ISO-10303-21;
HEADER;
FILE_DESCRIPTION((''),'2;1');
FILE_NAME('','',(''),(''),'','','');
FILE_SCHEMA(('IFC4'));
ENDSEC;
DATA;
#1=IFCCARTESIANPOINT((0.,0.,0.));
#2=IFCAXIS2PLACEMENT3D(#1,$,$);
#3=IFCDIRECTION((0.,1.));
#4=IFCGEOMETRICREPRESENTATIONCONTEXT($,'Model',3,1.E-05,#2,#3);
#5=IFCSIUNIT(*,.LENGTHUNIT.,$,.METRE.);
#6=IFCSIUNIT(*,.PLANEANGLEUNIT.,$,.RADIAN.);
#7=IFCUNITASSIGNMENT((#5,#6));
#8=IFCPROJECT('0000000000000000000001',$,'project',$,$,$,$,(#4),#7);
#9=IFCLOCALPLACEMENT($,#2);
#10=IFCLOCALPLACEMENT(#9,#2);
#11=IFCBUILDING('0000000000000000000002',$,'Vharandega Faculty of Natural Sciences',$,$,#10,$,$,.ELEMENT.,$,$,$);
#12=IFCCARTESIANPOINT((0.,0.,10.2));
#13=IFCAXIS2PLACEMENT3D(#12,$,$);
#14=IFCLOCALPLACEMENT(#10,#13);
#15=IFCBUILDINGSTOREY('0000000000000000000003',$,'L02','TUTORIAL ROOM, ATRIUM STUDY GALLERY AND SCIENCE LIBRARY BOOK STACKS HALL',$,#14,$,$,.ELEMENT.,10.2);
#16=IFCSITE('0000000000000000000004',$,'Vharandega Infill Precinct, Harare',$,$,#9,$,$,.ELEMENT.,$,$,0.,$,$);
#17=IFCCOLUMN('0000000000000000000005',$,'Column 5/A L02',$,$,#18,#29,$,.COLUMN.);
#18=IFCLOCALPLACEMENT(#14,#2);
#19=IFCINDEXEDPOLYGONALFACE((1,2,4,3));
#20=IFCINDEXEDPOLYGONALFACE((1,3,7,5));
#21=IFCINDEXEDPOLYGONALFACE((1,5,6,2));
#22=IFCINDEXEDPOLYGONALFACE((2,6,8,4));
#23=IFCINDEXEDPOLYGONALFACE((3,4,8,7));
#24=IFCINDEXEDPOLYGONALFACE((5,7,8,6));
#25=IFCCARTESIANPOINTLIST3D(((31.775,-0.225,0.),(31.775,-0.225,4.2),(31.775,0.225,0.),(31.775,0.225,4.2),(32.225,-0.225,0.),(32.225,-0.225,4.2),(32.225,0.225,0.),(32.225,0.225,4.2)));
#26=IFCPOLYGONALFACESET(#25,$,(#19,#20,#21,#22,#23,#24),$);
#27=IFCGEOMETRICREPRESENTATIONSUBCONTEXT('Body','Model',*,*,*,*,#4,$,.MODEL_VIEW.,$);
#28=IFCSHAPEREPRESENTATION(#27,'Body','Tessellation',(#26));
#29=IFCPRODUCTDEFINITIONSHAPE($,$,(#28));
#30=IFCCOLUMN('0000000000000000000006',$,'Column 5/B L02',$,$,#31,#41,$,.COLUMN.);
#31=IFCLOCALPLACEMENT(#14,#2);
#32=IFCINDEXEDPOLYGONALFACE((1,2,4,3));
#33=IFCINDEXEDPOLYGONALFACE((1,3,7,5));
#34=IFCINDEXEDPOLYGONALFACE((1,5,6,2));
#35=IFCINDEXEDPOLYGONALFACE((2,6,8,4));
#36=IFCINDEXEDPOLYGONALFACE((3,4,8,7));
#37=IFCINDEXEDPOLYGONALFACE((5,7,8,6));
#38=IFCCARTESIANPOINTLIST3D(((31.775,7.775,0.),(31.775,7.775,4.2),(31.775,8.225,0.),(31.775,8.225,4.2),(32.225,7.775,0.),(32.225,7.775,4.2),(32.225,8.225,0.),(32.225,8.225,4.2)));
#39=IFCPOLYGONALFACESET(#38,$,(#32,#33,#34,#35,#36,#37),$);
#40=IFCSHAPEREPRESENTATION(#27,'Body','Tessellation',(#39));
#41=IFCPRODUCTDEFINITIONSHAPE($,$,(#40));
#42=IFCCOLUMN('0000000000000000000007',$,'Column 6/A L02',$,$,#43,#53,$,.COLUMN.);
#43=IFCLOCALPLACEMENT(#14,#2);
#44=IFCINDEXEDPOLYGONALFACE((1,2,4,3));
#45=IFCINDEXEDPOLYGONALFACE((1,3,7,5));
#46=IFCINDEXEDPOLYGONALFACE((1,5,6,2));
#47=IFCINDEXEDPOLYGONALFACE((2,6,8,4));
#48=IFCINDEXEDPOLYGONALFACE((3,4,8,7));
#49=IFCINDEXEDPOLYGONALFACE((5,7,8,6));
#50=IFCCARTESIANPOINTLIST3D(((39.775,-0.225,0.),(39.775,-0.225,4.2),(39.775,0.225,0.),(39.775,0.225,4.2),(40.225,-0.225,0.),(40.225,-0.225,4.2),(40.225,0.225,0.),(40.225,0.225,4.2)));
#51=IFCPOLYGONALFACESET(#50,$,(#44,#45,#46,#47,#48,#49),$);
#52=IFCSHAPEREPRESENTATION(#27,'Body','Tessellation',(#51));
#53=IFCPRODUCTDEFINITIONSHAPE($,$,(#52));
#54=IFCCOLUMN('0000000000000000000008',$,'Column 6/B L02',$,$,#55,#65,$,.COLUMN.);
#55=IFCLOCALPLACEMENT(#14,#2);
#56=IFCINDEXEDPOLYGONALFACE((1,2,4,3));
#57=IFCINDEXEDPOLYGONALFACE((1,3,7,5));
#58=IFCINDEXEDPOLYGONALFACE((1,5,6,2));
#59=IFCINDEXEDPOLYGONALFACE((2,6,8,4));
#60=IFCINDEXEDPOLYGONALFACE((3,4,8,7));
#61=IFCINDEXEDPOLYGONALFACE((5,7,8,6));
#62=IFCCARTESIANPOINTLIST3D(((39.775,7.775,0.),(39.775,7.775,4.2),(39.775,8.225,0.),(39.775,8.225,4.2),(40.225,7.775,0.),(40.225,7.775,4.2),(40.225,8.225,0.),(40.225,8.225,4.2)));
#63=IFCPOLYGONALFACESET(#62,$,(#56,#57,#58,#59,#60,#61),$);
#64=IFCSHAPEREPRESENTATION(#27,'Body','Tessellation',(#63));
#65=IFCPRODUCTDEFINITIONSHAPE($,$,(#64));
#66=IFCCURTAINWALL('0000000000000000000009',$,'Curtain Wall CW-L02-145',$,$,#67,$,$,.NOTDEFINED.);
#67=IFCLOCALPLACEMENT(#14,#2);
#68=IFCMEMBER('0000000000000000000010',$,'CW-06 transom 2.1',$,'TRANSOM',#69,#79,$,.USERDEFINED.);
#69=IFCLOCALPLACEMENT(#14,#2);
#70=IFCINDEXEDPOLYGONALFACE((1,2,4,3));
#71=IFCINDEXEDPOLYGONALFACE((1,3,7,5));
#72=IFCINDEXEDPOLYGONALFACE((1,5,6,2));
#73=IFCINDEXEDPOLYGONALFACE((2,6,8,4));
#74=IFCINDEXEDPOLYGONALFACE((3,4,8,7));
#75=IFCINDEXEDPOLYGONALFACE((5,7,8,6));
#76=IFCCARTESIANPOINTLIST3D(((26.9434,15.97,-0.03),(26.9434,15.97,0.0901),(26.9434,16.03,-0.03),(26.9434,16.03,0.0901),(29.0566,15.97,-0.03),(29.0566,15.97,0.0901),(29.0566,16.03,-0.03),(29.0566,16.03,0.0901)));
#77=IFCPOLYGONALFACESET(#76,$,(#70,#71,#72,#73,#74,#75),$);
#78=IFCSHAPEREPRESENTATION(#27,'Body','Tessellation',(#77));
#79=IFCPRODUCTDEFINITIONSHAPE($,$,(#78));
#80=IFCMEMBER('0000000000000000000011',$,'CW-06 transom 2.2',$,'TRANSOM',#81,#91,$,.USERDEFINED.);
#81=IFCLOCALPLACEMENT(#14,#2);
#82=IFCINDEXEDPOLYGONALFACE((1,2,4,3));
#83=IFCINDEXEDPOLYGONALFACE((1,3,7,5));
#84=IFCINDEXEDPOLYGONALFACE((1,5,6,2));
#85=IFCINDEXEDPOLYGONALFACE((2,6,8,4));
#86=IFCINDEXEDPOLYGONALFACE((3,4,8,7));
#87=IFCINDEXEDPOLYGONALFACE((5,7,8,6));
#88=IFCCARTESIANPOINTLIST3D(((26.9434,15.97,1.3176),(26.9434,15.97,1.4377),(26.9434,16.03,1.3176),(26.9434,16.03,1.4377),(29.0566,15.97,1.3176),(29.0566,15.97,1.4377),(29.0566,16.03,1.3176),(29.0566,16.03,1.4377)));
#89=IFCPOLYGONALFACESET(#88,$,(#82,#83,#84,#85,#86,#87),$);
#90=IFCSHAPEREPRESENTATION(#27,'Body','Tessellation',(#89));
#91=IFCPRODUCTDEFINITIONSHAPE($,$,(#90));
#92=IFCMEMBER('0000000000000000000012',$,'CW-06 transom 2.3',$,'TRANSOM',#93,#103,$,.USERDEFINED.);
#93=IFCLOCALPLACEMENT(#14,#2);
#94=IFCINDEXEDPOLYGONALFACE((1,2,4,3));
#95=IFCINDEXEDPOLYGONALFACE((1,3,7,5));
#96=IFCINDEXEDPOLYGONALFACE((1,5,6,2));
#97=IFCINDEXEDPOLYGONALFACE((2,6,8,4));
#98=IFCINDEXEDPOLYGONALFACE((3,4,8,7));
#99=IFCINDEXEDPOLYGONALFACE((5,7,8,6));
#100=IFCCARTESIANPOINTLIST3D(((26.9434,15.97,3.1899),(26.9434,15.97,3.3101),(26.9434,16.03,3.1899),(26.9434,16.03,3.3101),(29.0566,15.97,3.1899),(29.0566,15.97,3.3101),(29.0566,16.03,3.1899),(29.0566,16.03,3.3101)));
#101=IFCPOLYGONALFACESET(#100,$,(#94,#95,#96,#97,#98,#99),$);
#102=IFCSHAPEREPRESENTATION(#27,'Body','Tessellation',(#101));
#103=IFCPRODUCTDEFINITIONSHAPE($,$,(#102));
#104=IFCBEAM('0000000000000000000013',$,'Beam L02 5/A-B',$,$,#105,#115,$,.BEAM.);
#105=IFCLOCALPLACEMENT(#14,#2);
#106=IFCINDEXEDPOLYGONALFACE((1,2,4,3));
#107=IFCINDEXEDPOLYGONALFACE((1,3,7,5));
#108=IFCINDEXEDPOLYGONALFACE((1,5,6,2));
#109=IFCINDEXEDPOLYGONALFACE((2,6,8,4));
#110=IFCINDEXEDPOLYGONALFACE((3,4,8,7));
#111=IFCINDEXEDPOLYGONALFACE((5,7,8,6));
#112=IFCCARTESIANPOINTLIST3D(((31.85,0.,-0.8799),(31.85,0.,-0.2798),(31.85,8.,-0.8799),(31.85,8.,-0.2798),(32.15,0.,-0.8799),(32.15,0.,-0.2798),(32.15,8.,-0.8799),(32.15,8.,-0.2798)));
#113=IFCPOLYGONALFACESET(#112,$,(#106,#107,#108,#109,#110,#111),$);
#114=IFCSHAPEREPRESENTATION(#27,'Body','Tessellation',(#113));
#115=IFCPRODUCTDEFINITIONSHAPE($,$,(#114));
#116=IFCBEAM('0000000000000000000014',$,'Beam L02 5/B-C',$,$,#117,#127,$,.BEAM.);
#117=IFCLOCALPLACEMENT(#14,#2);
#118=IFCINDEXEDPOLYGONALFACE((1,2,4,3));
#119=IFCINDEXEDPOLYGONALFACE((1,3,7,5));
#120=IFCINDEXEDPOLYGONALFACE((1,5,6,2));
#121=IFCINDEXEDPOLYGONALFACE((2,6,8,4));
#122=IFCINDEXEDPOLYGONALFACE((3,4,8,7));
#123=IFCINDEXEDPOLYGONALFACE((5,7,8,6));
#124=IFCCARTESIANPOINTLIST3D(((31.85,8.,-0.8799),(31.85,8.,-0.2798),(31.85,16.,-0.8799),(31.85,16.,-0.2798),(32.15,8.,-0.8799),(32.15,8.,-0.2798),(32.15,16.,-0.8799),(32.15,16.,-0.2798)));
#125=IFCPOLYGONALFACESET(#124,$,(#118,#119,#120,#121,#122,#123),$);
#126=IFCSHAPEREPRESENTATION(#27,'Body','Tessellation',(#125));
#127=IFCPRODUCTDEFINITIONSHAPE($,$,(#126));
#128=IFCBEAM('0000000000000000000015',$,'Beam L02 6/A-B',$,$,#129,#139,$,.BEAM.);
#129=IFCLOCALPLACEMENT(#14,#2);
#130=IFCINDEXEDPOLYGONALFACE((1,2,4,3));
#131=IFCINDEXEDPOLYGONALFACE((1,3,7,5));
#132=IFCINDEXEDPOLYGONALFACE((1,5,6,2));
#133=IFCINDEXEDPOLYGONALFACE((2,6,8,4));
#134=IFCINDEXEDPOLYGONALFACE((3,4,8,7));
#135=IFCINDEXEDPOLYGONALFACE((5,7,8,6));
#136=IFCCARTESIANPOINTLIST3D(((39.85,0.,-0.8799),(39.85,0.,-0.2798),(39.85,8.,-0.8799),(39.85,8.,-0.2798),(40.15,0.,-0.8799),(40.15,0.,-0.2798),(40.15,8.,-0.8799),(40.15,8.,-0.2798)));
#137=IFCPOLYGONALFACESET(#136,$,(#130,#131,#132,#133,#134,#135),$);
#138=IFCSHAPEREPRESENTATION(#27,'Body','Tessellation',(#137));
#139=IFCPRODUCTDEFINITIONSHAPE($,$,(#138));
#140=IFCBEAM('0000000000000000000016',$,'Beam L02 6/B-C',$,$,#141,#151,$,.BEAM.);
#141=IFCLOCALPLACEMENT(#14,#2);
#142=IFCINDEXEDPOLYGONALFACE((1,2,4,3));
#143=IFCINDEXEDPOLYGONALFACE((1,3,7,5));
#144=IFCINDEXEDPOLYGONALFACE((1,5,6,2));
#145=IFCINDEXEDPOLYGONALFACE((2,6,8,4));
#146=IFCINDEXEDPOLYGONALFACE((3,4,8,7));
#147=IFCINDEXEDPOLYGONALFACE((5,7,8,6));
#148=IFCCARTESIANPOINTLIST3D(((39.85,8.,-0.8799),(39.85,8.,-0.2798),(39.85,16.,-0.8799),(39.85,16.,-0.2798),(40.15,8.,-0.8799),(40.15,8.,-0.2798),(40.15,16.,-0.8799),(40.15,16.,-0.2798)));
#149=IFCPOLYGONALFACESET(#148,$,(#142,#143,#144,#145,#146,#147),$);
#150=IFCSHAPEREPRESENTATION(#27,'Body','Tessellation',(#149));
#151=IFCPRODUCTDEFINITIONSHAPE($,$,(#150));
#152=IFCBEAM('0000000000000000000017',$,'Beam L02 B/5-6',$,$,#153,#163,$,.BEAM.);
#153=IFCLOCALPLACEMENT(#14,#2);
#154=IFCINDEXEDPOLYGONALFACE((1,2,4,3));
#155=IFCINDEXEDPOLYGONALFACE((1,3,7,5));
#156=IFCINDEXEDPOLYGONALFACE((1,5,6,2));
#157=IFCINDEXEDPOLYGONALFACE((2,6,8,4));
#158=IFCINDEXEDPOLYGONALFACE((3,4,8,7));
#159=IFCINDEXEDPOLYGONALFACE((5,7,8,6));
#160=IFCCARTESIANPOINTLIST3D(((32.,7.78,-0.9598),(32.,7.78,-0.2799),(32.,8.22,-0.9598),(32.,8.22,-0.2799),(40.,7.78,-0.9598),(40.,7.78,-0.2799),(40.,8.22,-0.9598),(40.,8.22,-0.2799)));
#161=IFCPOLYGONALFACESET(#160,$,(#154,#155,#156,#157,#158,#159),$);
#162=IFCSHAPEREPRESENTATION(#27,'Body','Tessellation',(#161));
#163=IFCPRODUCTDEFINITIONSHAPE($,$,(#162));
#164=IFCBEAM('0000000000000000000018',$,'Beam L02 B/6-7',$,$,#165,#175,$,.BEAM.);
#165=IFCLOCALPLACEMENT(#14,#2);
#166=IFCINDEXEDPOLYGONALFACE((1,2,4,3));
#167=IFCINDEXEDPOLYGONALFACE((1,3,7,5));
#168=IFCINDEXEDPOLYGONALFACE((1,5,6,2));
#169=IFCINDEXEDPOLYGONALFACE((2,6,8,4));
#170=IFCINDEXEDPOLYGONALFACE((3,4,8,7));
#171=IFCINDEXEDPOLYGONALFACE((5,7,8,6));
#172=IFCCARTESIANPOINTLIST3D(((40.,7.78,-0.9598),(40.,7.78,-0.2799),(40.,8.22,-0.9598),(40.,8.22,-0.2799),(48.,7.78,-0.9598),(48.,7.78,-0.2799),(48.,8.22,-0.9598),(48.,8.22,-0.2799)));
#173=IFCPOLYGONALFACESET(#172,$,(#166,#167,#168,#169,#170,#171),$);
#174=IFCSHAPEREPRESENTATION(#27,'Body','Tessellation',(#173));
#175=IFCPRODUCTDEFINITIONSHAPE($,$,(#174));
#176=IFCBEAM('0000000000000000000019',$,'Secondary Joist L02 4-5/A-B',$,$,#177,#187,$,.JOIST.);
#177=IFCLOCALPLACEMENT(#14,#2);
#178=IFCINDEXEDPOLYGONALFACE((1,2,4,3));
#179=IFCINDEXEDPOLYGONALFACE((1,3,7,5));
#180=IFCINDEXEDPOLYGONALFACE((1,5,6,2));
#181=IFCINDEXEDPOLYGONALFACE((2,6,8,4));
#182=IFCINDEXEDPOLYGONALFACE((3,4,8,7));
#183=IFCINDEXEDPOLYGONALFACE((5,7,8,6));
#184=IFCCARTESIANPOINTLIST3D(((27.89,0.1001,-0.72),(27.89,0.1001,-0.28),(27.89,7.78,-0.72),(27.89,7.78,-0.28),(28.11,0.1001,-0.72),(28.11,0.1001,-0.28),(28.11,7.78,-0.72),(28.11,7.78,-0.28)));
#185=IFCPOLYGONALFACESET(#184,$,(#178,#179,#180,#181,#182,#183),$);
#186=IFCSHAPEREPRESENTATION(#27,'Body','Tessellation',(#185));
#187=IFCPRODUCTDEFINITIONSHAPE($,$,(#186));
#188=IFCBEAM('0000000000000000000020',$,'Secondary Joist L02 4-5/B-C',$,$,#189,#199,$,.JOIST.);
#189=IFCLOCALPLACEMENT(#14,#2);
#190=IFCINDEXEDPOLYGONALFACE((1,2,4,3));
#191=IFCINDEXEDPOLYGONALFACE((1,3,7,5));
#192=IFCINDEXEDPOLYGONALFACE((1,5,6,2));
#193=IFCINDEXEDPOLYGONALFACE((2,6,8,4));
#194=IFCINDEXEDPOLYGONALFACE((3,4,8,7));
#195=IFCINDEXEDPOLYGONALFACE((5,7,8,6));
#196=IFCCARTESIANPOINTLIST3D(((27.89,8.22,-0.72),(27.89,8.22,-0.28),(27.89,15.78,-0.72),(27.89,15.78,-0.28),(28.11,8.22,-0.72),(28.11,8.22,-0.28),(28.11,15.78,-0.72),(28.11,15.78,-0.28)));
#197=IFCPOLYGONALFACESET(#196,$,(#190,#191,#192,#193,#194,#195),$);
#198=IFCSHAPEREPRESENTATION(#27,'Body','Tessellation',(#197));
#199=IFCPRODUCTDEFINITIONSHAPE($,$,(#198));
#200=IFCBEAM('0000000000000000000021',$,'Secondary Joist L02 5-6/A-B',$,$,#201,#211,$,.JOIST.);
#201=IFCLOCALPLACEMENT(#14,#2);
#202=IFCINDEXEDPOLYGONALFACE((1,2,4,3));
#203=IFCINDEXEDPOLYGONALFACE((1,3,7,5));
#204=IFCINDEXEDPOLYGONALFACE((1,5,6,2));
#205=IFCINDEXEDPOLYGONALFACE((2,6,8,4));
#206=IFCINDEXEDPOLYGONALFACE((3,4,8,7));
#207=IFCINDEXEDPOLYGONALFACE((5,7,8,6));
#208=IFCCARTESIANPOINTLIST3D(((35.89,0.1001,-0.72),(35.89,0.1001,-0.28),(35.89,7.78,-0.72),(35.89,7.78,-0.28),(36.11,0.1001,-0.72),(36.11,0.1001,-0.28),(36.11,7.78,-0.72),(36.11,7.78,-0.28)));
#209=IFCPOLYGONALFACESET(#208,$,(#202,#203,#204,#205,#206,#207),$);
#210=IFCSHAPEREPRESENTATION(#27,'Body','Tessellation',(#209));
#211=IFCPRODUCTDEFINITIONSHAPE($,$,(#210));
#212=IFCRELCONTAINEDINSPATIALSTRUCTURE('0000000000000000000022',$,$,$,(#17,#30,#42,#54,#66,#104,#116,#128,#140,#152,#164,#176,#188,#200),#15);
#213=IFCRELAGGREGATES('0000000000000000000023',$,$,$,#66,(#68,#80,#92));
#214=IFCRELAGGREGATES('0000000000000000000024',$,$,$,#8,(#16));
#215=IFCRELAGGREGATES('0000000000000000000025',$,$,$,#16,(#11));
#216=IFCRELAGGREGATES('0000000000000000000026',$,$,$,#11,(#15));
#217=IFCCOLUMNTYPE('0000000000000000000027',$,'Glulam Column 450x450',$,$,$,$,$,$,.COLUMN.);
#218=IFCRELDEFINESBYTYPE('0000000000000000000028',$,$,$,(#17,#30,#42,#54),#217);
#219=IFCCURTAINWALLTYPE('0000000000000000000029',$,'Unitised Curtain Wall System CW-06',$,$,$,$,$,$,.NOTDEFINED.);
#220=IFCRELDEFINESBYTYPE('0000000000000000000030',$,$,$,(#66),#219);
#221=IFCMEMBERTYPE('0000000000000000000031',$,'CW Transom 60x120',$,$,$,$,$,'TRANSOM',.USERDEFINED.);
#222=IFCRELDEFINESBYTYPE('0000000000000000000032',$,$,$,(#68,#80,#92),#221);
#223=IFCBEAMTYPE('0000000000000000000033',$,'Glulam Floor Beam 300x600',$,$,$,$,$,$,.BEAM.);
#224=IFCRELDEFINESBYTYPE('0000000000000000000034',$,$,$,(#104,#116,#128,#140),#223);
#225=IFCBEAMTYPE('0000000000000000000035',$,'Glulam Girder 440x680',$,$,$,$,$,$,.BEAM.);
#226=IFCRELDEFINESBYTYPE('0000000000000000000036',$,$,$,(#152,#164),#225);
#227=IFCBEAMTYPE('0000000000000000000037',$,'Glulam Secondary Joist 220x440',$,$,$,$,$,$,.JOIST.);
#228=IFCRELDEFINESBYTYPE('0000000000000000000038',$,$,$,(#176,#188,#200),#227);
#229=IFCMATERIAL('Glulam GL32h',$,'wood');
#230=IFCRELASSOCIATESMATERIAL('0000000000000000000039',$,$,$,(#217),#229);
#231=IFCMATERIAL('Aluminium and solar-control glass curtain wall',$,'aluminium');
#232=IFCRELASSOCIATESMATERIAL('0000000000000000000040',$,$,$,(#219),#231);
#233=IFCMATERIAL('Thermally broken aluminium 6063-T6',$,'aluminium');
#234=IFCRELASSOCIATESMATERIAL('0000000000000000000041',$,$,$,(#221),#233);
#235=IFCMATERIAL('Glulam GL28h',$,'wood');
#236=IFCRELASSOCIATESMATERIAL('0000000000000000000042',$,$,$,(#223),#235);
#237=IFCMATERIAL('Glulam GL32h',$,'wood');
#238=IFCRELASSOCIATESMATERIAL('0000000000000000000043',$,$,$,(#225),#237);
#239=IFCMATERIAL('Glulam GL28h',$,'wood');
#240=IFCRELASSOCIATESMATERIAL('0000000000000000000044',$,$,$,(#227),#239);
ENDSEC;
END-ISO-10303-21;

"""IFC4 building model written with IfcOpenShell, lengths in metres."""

from ifc_helpers import new_model, si_unit, direction, frame, origin, origin_2d, place, context, subcontext, project, spatial, rectangle, extrude, material, material_profile, profile_set, type_object, element, aggregate, save


model = new_model("IFC4")

# Units and contexts
model_context = context("Model", 3, precision=1e-05, world=origin(), true_north=direction((0.0, 1.0)))
body_context = subcontext(model_context, "Body", "Model", "MODEL_VIEW")
ifc_project = project(units=[si_unit("LENGTHUNIT", "METRE"), si_unit("PLANEANGLEUNIT", "RADIAN")], contexts=[model_context])

# Site, building, storey
site_placement = place(None, origin())
site = spatial("IfcSite", under=ifc_project, at=site_placement, Name="Vharandega Infill Precinct, Harare", CompositionType="ELEMENT", RefElevation=0.0)
building_placement = place(site_placement, origin())
building = spatial("IfcBuilding", under=site, at=building_placement, Name="Vharandega Faculty of Natural Sciences", CompositionType="ELEMENT")
storey_placement = place(building_placement, frame((0.0, 0.0, 10.2)))
storey = spatial("IfcBuildingStorey", under=building, at=storey_placement, Name="L02", Description="TUTORIAL ROOM, ATRIUM STUDY GALLERY AND SCIENCE LIBRARY BOOK STACKS HALL", CompositionType="ELEMENT", Elevation=10.2)

# Columns
ifc_material_1 = material(Name="Glulam GL32h", Category="wood")
ifc_material_profile_1 = material_profile(ifc_material_1, rectangle(XDim=0.45, YDim=0.45, at=origin_2d()), Name="GL32h 450x450")
ifc_profile_set_1 = profile_set([ifc_material_profile_1], Name="Glulam GL32h")
column_type = type_object("IfcColumnType", Name="Glulam Column 450x450", PredefinedType="COLUMN", material=ifc_profile_set_1)
for number, where, z_axis, x_axis, name in (
    (1, (32.0, 0.0, 0.0), (0.0, 0.0, 1.0), (1.0, 0.0, 0.0), "Column 5/A L02"),
    (2, (32.0, 8.0, 0.0), (0.0, 0.0, 1.0), (1.0, 0.0, 0.0), "Column 5/B L02"),
    (3, (40.0, 0.0, 0.0), (0.0, 0.0, 1.0), (1.0, 0.0, 0.0), "Column 6/A L02"),
    (4, (40.0, 8.0, 0.0), (0.0, 0.0, 1.0), (1.0, 0.0, 0.0), "Column 6/B L02"),
):
    element("IfcColumn", number, at=place(storey_placement, frame(where, z_axis=z_axis, x_axis=x_axis)), inside=storey, type_object=column_type, Name=name, PredefinedType="COLUMN", context=body_context, shape_type="SweptSolid", body=[
        extrude(rectangle(XDim=0.45, YDim=0.45, at=origin_2d()), origin(), (0.0, 0.0, 1.0), 4.2),
    ])

# Curtain wall, members
ifc_material_2 = material(Name="Aluminium and solar-control glass curtain wall", Category="aluminium")
curtain_wall_type = type_object("IfcCurtainWallType", Name="Unitised Curtain Wall System CW-06", PredefinedType="NOTDEFINED", material=ifc_material_2)
curtain_wall_placement = place(storey_placement, origin())
curtain_wall = element("IfcCurtainWall", 5, at=curtain_wall_placement, inside=storey, type_object=curtain_wall_type, Name="Curtain Wall CW-L02-145", PredefinedType="NOTDEFINED")
ifc_material_3 = material(Name="Thermally broken aluminium 6063-T6", Category="aluminium")
ifc_material_profile_2 = material_profile(ifc_material_3, rectangle(XDim=0.0601, YDim=0.1201, at=origin_2d()), Name="ALU 60x120")
ifc_profile_set_2 = profile_set([ifc_material_profile_2], Name="Thermally broken aluminium 6063-T6")
member_type = type_object("IfcMemberType", Name="CW Transom 60x120", ElementType="TRANSOM", PredefinedType="USERDEFINED", material=ifc_profile_set_2)
member_1_placement = place(storey_placement, frame((26.9434, 16.0, 0.03), z_axis=(1.0, 0.0, 0.0), x_axis=(0.0, 1.0, 0.0)))
member_1 = element("IfcMember", 6, at=member_1_placement, type_object=member_type, Name="CW-06 transom 2.1", ObjectType="TRANSOM", PredefinedType="USERDEFINED", context=body_context, shape_type="SweptSolid", body=[
    extrude(rectangle(XDim=0.0601, YDim=0.1201, at=origin_2d()), origin(), (0.0, 0.0, 1.0), 2.1133),
])
member_2_placement = place(storey_placement, frame((26.9434, 16.0, 1.3777), z_axis=(1.0, 0.0, 0.0), x_axis=(0.0, 1.0, 0.0)))
member_2 = element("IfcMember", 7, at=member_2_placement, type_object=member_type, Name="CW-06 transom 2.2", ObjectType="TRANSOM", PredefinedType="USERDEFINED", context=body_context, shape_type="SweptSolid", body=[
    extrude(rectangle(XDim=0.0601, YDim=0.1201, at=origin_2d()), origin(), (0.0, 0.0, 1.0), 2.1133),
])
member_3_placement = place(storey_placement, frame((26.9434, 16.0, 3.25), z_axis=(1.0, 0.0, 0.0), x_axis=(0.0, 1.0, 0.0)))
member_3 = element("IfcMember", 8, at=member_3_placement, type_object=member_type, Name="CW-06 transom 2.3", ObjectType="TRANSOM", PredefinedType="USERDEFINED", context=body_context, shape_type="SweptSolid", body=[
    extrude(rectangle(XDim=0.0601, YDim=0.1201, at=origin_2d()), origin(), (0.0, 0.0, 1.0), 2.1133),
])

# Beams
ifc_material_4 = material(Name="Glulam GL28h", Category="wood")
ifc_material_profile_3 = material_profile(ifc_material_4, rectangle(XDim=0.3, YDim=0.6001, at=origin_2d()), Name="GL28h 300x600")
ifc_profile_set_3 = profile_set([ifc_material_profile_3], Name="Glulam GL28h")
beam_type_1 = type_object("IfcBeamType", Name="Glulam Floor Beam 300x600", PredefinedType="BEAM", material=ifc_profile_set_3)
for number, where, z_axis, x_axis, name in (
    (9, (32.0, 0.0, -0.5798), (0.0, 1.0, 0.0), (-1.0, 0.0, 0.0), "Beam L02 5/A-B"),
    (10, (32.0, 8.0, -0.5798), (0.0, 1.0, 0.0), (-1.0, 0.0, 0.0), "Beam L02 5/B-C"),
    (11, (40.0, 0.0, -0.5798), (0.0, 1.0, 0.0), (-1.0, 0.0, 0.0), "Beam L02 6/A-B"),
    (12, (40.0, 8.0, -0.5798), (0.0, 1.0, 0.0), (-1.0, 0.0, 0.0), "Beam L02 6/B-C"),
):
    element("IfcBeam", number, at=place(storey_placement, frame(where, z_axis=z_axis, x_axis=x_axis)), inside=storey, type_object=beam_type_1, Name=name, PredefinedType="BEAM", context=body_context, shape_type="SweptSolid", body=[
        extrude(rectangle(XDim=0.3, YDim=0.6001, at=origin_2d()), origin(), (0.0, 0.0, 1.0), 8.0),
    ])
ifc_material_5 = material(Name="Glulam GL32h", Category="wood")
ifc_material_profile_4 = material_profile(ifc_material_5, rectangle(XDim=0.4399, YDim=0.6799, at=origin_2d()), Name="GL32h 440x680")
ifc_profile_set_4 = profile_set([ifc_material_profile_4], Name="Glulam GL32h")
beam_type_2 = type_object("IfcBeamType", Name="Glulam Girder 440x680", PredefinedType="BEAM", material=ifc_profile_set_4)
for number, where, z_axis, x_axis, name in (
    (13, (32.0, 8.0, -0.6199), (1.0, 0.0, 0.0), (0.0, 1.0, 0.0), "Beam L02 B/5-6"),
    (14, (40.0, 8.0, -0.6199), (1.0, 0.0, 0.0), (0.0, 1.0, 0.0), "Beam L02 B/6-7"),
):
    element("IfcBeam", number, at=place(storey_placement, frame(where, z_axis=z_axis, x_axis=x_axis)), inside=storey, type_object=beam_type_2, Name=name, PredefinedType="BEAM", context=body_context, shape_type="SweptSolid", body=[
        extrude(rectangle(XDim=0.4399, YDim=0.6799, at=origin_2d()), origin(), (0.0, 0.0, 1.0), 8.0),
    ])
ifc_material_6 = material(Name="Glulam GL28h", Category="wood")
ifc_material_profile_5 = material_profile(ifc_material_6, rectangle(XDim=0.22, YDim=0.4399, at=origin_2d()), Name="GL28h 220x440")
ifc_profile_set_5 = profile_set([ifc_material_profile_5], Name="Glulam GL28h")
beam_type_3 = type_object("IfcBeamType", Name="Glulam Secondary Joist 220x440", PredefinedType="JOIST", material=ifc_profile_set_5)
beam_1_placement = place(storey_placement, frame((28.0, 0.1001, -0.5), z_axis=(0.0, 1.0, 0.0), x_axis=(-1.0, 0.0, 0.0)))
element("IfcBeam", 15, at=beam_1_placement, inside=storey, type_object=beam_type_3, Name="Secondary Joist L02 4-5/A-B", PredefinedType="JOIST", context=body_context, shape_type="SweptSolid", body=[
    extrude(rectangle(XDim=0.22, YDim=0.4399, at=origin_2d()), origin(), (0.0, 0.0, 1.0), 7.6799),
])
beam_2_placement = place(storey_placement, frame((28.0, 8.22, -0.5), z_axis=(0.0, 1.0, 0.0), x_axis=(-1.0, 0.0, 0.0)))
element("IfcBeam", 16, at=beam_2_placement, inside=storey, type_object=beam_type_3, Name="Secondary Joist L02 4-5/B-C", PredefinedType="JOIST", context=body_context, shape_type="SweptSolid", body=[
    extrude(rectangle(XDim=0.22, YDim=0.4399, at=origin_2d()), origin(), (0.0, 0.0, 1.0), 7.5601),
])
beam_3_placement = place(storey_placement, frame((36.0, 0.1001, -0.5), z_axis=(0.0, 1.0, 0.0), x_axis=(-1.0, 0.0, 0.0)))
element("IfcBeam", 17, at=beam_3_placement, inside=storey, type_object=beam_type_3, Name="Secondary Joist L02 5-6/A-B", PredefinedType="JOIST", context=body_context, shape_type="SweptSolid", body=[
    extrude(rectangle(XDim=0.22, YDim=0.4399, at=origin_2d()), origin(), (0.0, 0.0, 1.0), 7.6799),
])

aggregate(curtain_wall, [member_1, member_2, member_3])

save(model, "model.ifc")
